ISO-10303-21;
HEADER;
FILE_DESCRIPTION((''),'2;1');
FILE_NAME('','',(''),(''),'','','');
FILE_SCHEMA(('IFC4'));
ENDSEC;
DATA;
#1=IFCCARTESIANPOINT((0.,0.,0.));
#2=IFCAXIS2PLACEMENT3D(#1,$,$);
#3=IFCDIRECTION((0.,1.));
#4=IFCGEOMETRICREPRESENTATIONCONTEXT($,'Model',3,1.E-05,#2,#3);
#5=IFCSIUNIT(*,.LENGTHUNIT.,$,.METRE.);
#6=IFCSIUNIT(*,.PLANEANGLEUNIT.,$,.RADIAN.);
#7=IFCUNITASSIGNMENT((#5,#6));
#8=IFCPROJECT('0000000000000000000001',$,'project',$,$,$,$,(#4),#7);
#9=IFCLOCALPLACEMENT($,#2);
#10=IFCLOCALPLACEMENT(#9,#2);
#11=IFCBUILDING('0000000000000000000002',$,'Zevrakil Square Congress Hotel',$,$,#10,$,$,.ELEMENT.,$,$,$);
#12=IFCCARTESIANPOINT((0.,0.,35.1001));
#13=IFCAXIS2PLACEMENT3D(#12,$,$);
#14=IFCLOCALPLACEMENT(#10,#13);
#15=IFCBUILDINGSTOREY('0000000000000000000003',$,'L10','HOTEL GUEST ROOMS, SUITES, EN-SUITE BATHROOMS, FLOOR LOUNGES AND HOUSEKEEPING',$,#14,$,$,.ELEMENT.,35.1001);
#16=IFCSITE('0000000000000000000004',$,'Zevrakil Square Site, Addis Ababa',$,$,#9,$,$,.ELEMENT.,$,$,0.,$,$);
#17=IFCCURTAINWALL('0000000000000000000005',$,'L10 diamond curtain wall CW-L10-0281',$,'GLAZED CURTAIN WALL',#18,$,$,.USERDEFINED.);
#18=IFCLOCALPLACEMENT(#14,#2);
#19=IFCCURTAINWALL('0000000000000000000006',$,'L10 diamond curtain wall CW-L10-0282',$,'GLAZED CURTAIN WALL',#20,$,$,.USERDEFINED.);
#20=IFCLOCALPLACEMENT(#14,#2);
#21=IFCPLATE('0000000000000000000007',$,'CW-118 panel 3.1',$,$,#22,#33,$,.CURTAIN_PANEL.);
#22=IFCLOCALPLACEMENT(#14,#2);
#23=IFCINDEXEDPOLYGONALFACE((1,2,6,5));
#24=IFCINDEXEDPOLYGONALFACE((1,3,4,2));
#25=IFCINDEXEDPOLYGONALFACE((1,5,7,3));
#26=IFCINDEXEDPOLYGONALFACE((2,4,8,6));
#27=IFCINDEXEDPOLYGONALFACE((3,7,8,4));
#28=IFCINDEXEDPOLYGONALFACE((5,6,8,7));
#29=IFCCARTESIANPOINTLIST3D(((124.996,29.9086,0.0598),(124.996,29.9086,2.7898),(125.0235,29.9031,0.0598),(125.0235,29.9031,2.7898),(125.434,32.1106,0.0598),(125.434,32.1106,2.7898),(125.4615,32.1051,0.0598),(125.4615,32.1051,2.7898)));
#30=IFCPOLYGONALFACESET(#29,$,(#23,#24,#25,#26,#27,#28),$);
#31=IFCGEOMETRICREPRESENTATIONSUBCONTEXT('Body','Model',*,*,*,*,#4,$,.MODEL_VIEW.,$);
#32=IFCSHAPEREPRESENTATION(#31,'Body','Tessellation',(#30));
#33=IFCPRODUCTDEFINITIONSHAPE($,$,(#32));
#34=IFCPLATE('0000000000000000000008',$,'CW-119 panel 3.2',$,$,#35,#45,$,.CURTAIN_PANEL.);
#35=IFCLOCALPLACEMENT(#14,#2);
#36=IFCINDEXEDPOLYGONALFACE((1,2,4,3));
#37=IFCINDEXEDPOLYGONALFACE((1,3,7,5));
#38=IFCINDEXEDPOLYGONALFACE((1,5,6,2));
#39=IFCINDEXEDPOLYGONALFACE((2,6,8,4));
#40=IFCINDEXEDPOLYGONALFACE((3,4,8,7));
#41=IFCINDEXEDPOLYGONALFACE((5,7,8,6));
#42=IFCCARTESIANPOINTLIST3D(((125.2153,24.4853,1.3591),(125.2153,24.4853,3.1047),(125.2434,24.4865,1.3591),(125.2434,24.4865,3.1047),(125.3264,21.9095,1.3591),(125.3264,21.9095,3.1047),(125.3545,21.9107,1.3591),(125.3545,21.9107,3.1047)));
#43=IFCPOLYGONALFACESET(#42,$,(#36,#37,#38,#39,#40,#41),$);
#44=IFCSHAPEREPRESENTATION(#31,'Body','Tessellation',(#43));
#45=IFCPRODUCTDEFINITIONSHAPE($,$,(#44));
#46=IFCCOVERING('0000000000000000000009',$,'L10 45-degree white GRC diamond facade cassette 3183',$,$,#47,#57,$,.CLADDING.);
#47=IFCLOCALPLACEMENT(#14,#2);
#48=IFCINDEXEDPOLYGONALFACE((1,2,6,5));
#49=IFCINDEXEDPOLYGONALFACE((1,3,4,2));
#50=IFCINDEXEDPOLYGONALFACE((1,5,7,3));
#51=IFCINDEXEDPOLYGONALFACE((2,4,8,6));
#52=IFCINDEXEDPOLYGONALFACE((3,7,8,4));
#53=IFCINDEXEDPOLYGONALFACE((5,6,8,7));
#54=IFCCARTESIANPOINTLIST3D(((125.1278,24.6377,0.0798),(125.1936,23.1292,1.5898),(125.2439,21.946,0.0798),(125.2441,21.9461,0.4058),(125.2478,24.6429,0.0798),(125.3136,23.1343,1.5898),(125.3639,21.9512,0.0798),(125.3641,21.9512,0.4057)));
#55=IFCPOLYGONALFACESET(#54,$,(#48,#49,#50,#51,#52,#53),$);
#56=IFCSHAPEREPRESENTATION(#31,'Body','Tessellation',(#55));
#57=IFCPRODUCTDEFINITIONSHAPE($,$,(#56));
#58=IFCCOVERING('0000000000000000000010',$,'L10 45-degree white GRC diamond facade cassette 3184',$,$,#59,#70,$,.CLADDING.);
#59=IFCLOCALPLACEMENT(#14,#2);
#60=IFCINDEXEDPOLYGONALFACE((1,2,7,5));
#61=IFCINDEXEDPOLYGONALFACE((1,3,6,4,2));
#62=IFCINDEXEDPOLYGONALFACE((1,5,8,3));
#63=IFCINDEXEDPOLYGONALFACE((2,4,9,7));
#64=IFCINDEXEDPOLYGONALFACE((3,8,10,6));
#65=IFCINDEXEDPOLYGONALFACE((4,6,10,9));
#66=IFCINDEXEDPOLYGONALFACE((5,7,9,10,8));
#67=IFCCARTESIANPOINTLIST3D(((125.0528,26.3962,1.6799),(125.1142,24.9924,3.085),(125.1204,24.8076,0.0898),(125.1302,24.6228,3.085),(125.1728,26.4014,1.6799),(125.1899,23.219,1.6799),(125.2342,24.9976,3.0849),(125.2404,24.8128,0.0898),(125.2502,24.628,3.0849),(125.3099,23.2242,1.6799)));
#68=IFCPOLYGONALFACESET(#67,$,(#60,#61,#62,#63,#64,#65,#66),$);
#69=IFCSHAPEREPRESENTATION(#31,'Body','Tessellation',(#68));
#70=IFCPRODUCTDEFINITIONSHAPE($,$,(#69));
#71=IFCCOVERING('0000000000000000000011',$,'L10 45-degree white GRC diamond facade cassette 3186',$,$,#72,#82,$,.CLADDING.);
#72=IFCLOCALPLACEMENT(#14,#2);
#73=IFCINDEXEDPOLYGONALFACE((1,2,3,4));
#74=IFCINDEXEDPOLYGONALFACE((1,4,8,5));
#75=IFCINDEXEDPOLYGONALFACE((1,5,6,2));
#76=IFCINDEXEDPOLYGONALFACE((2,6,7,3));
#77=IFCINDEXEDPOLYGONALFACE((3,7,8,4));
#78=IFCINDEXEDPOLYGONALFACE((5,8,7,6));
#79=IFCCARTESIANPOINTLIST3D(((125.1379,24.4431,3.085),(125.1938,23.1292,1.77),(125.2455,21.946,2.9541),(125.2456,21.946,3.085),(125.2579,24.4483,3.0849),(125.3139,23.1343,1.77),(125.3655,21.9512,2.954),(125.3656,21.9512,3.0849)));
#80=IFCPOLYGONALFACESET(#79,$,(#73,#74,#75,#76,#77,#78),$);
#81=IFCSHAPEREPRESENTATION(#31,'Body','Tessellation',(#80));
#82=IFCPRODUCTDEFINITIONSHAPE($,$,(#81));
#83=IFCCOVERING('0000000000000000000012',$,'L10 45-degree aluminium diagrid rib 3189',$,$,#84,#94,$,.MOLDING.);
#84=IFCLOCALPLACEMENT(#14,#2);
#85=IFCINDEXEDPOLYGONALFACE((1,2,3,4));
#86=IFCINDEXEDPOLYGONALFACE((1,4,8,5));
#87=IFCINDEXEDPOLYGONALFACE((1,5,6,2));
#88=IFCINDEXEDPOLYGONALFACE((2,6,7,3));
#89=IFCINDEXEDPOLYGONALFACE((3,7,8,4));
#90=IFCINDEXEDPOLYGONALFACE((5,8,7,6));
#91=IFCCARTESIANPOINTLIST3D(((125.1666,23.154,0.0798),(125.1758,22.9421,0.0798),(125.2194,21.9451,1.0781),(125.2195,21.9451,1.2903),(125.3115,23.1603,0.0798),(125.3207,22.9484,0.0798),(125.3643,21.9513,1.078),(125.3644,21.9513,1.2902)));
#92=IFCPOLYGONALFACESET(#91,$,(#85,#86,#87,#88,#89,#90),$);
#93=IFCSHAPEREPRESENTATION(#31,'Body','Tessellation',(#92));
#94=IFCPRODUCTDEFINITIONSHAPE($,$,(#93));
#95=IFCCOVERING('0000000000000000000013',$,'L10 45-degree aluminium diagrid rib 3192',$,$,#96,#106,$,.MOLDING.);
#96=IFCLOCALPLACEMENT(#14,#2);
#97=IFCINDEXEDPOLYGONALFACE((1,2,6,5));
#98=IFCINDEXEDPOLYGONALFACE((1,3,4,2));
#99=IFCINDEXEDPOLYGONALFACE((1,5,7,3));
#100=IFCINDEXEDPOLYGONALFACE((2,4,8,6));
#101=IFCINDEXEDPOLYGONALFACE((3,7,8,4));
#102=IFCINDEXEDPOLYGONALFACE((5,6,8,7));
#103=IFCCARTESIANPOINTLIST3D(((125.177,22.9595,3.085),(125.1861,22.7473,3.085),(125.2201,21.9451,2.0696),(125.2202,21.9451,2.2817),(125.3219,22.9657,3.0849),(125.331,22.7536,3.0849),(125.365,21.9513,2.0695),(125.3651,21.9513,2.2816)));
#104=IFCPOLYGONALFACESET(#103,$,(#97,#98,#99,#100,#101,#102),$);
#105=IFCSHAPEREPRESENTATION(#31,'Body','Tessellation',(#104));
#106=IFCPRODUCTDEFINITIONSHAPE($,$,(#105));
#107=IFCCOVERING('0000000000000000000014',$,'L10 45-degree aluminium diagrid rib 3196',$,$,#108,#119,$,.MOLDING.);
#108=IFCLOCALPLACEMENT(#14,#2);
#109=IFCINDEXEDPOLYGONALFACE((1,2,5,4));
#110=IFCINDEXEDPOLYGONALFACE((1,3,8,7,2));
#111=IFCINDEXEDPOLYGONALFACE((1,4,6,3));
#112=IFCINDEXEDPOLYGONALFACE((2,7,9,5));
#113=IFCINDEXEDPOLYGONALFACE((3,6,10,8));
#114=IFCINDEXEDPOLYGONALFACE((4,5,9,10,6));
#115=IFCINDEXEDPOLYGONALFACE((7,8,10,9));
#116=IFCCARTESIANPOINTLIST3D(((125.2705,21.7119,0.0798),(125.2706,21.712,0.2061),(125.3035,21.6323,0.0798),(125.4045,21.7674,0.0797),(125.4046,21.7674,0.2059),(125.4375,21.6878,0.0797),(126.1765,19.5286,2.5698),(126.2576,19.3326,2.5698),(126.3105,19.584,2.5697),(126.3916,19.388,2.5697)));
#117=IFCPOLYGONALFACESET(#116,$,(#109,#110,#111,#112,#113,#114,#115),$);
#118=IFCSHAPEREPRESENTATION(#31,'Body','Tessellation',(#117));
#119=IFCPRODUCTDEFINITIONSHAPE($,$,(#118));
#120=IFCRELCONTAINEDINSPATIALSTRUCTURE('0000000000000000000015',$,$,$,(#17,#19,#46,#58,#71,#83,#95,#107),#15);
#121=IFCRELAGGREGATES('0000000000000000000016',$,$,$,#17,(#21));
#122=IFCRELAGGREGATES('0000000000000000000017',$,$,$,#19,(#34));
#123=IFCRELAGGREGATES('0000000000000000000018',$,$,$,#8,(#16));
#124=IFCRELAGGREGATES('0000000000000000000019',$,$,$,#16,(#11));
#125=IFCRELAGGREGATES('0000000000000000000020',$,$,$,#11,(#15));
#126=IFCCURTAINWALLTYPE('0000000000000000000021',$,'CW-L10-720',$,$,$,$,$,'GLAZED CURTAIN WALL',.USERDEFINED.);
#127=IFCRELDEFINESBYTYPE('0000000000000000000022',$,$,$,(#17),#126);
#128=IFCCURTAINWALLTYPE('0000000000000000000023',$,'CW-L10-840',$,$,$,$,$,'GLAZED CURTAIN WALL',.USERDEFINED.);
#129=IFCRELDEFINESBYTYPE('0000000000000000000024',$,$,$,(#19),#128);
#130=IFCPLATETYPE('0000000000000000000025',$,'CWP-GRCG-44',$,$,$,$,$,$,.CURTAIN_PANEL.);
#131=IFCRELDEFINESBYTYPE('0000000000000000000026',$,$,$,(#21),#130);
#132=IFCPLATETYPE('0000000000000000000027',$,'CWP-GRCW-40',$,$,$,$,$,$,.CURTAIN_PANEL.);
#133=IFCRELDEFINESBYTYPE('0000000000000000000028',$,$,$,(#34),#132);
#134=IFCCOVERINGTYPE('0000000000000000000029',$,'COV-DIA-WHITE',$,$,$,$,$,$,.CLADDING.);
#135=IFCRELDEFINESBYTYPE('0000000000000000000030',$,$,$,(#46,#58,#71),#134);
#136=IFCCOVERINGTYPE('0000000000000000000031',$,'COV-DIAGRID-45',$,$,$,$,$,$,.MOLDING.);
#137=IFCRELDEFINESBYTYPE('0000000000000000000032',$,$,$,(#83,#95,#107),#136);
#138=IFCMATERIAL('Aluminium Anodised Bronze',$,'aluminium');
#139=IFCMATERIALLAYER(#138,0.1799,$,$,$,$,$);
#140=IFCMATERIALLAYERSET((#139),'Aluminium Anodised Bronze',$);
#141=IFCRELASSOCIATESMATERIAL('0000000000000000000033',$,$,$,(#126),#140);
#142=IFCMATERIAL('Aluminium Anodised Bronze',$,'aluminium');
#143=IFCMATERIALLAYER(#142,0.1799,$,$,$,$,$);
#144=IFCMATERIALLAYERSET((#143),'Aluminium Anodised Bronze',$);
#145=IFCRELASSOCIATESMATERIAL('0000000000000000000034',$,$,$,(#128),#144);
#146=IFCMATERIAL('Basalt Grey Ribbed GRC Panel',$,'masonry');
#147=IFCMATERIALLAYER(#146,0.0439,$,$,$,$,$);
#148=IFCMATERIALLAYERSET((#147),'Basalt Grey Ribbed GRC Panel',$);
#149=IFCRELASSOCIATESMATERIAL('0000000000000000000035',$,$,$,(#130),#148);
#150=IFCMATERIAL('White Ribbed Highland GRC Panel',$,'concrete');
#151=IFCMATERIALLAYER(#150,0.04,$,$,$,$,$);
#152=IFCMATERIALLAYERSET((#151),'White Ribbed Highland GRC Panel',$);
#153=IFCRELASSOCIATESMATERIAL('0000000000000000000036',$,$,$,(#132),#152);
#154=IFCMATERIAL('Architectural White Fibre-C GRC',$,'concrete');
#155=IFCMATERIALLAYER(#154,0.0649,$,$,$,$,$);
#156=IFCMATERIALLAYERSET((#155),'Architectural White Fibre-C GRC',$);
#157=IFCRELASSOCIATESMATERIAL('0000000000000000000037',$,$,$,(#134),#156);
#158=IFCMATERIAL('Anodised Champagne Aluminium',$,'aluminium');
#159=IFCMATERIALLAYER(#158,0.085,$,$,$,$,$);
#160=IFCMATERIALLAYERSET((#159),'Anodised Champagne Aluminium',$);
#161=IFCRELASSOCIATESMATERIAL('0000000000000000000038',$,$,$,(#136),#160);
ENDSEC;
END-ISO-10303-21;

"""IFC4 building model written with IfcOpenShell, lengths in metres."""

from ifc_helpers import new_model, si_unit, direction, frame, origin, origin_2d, place, context, subcontext, project, spatial, polyline, rectangle, outline, extrude, material, layer, layer_set, type_object, element, aggregate, save


model = new_model("IFC4")

# Units and contexts
model_context = context("Model", 3, precision=1e-05, world=origin(), true_north=direction((0.0, 1.0)))
body_context = subcontext(model_context, "Body", "Model", "MODEL_VIEW")
ifc_project = project(units=[si_unit("LENGTHUNIT", "METRE"), si_unit("PLANEANGLEUNIT", "RADIAN")], contexts=[model_context])

# Site, building, storey
site_placement = place(None, origin())
site = spatial("IfcSite", under=ifc_project, at=site_placement, Name="Zevrakil Square Site, Addis Ababa", CompositionType="ELEMENT", RefElevation=0.0)
building_placement = place(site_placement, origin())
building = spatial("IfcBuilding", under=site, at=building_placement, Name="Zevrakil Square Congress Hotel", CompositionType="ELEMENT")
storey_placement = place(building_placement, frame((0.0, 0.0, 35.1001)))
storey = spatial("IfcBuildingStorey", under=building, at=storey_placement, Name="L10", Description="HOTEL GUEST ROOMS, SUITES, EN-SUITE BATHROOMS, FLOOR LOUNGES AND HOUSEKEEPING", CompositionType="ELEMENT", Elevation=35.1001)

# Curtain walls
ifc_material_1 = material(Name="Aluminium Anodised Bronze", Category="aluminium")
ifc_layer_1 = layer(ifc_material_1, 0.1799)
ifc_layer_set_1 = layer_set([ifc_layer_1], Name="Aluminium Anodised Bronze")
curtain_wall_type_1 = type_object("IfcCurtainWallType", Name="CW-L10-720", ElementType="GLAZED CURTAIN WALL", PredefinedType="USERDEFINED", material=ifc_layer_set_1)
curtain_wall_1_placement = place(storey_placement, origin())
curtain_wall_1 = element("IfcCurtainWall", 1, at=curtain_wall_1_placement, inside=storey, type_object=curtain_wall_type_1, Name="L10 diamond curtain wall CW-L10-0281", ObjectType="GLAZED CURTAIN WALL", PredefinedType="USERDEFINED")
ifc_material_2 = material(Name="Aluminium Anodised Bronze", Category="aluminium")
ifc_layer_2 = layer(ifc_material_2, 0.1799)
ifc_layer_set_2 = layer_set([ifc_layer_2], Name="Aluminium Anodised Bronze")
curtain_wall_type_2 = type_object("IfcCurtainWallType", Name="CW-L10-840", ElementType="GLAZED CURTAIN WALL", PredefinedType="USERDEFINED", material=ifc_layer_set_2)
curtain_wall_2_placement = place(storey_placement, origin())
curtain_wall_2 = element("IfcCurtainWall", 2, at=curtain_wall_2_placement, inside=storey, type_object=curtain_wall_type_2, Name="L10 diamond curtain wall CW-L10-0282", ObjectType="GLAZED CURTAIN WALL", PredefinedType="USERDEFINED")

# Plates
ifc_material_3 = material(Name="Basalt Grey Ribbed GRC Panel", Category="masonry")
ifc_layer_3 = layer(ifc_material_3, 0.0439)
ifc_layer_set_3 = layer_set([ifc_layer_3], Name="Basalt Grey Ribbed GRC Panel")
plate_type_1 = type_object("IfcPlateType", Name="CWP-GRCG-44", PredefinedType="CURTAIN_PANEL", material=ifc_layer_set_3)
plate_1_placement = place(storey_placement, frame((125.2288, 31.0068, 0.0598), z_axis=(0.0, 0.0, 1.0), x_axis=(-0.195084, -0.980787, 0.0)))
plate_1 = element("IfcPlate", 3, at=plate_1_placement, type_object=plate_type_1, Name="CW-118 panel 3.1", PredefinedType="CURTAIN_PANEL", context=body_context, shape_type="SweptSolid", body=[
    extrude(rectangle(XDim=2.2451, YDim=0.0281, at=origin_2d()), origin(), (0.0, 0.0, 1.0), 2.73),
])
aggregate(curtain_wall_1, [plate_1])
ifc_material_4 = material(Name="White Ribbed Highland GRC Panel", Category="concrete")
ifc_layer_4 = layer(ifc_material_4, 0.04)
ifc_layer_set_4 = layer_set([ifc_layer_4], Name="White Ribbed Highland GRC Panel")
plate_type_2 = type_object("IfcPlateType", Name="CWP-GRCW-40", PredefinedType="CURTAIN_PANEL", material=ifc_layer_set_4)
plate_2_placement = place(storey_placement, frame((125.2849, 23.198, 1.3591), z_axis=(0.0, 0.0, 1.0), x_axis=(0.043102, -0.999071, 0.0)))
plate_2 = element("IfcPlate", 4, at=plate_2_placement, type_object=plate_type_2, Name="CW-119 panel 3.2", PredefinedType="CURTAIN_PANEL", context=body_context, shape_type="SweptSolid", body=[
    extrude(rectangle(XDim=2.5781, YDim=0.0281, at=origin_2d()), origin(), (0.0, 0.0, 1.0), 1.7456),
])
aggregate(curtain_wall_2, [plate_2])

# Coverings
ifc_material_5 = material(Name="Architectural White Fibre-C GRC", Category="concrete")
ifc_layer_5 = layer(ifc_material_5, 0.0649)
ifc_layer_set_5 = layer_set([ifc_layer_5], Name="Architectural White Fibre-C GRC")
covering_type_1 = type_object("IfcCoveringType", Name="COV-DIA-WHITE", PredefinedType="CLADDING", material=ifc_layer_set_5)
covering_1_placement = place(storey_placement, frame((125.1936, 23.1292, 1.5898), z_axis=(-0.999072, -0.043077, 0.000476), x_axis=(0.030125, -0.706492, -0.707079)))
element("IfcCovering", 5, at=covering_1_placement, inside=storey, type_object=covering_type_1, Name="L10 45-degree white GRC diamond facade cassette 3183", PredefinedType="CLADDING", context=body_context, shape_type="SweptSolid", body=[
    extrude(outline(polyline([(0.0, 0.0), (1.6746, 0.0), (1.9051, -0.2305), (-0.0001, -2.1355), (0.0, 0.0)])), origin(), (0.0, 0.0, -1.0), 0.1201),
])
covering_2_placement = place(storey_placement, frame((125.1899, 23.219, 1.6799), z_axis=(-0.999069, -0.043131, 0.000611), x_axis=(-0.03093, 0.706443, -0.707094)))
element("IfcCovering", 6, at=covering_2_placement, inside=storey, type_object=covering_type_1, Name="L10 45-degree white GRC diamond facade cassette 3184", PredefinedType="CLADDING", context=body_context, shape_type="SweptSolid", body=[
    extrude(outline(polyline([(0.0, 0.0), (2.2488, 0.0), (2.2488, -2.2487), (0.2617, -2.2487), (0.0001, -1.987), (0.0, 0.0)])), origin(), (0.0, 0.0, -1.0), 0.1201),
])
covering_3_placement = place(storey_placement, frame((125.1938, 23.1292, 1.77), z_axis=(-0.99907, -0.043105, 0.000541), x_axis=(-0.0301, 0.706523, 0.70705)))
element("IfcCovering", 7, at=covering_3_placement, inside=storey, type_object=covering_type_1, Name="L10 45-degree white GRC diamond facade cassette 3186", PredefinedType="CLADDING", context=body_context, shape_type="SweptSolid", body=[
    extrude(outline(polyline([(0.0, 0.0), (1.8598, 0.0), (0.0923, -1.7672), (-0.0002, -1.6747), (0.0, 0.0)])), origin(), (0.0, 0.0, -1.0), 0.1201),
])
ifc_material_6 = material(Name="Anodised Champagne Aluminium", Category="aluminium")
ifc_layer_6 = layer(ifc_material_6, 0.085)
ifc_layer_set_6 = layer_set([ifc_layer_6], Name="Anodised Champagne Aluminium")
covering_type_2 = type_object("IfcCoveringType", Name="COV-DIAGRID-45", PredefinedType="MOLDING", material=ifc_layer_set_6)
covering_4_placement = place(storey_placement, frame((125.1758, 22.9421, 0.0798), z_axis=(-0.999069, -0.04313, 0.000543), x_axis=(-0.04313, 0.999069, 0.0)))
element("IfcCovering", 8, at=covering_4_placement, inside=storey, type_object=covering_type_2, Name="L10 45-degree aluminium diagrid rib 3189", PredefinedType="MOLDING", context=body_context, shape_type="SweptSolid", body=[
    extrude(outline(polyline([(0.0, 0.0), (0.2121, 0.0), (-0.998, -1.2104), (-0.998, -0.9983), (0.0, 0.0)])), origin(), (0.0, 0.0, -1.0), 0.145),
])
covering_5_placement = place(storey_placement, frame((125.177, 22.9595, 3.085), z_axis=(-0.999072, -0.043058, 0.00063), x_axis=(0.043058, -0.999073, 0.0)))
element("IfcCovering", 9, at=covering_5_placement, inside=storey, type_object=covering_type_2, Name="L10 45-degree aluminium diagrid rib 3192", PredefinedType="MOLDING", context=body_context, shape_type="SweptSolid", body=[
    extrude(outline(polyline([(0.0, 0.0), (0.2124, 0.0), (1.0153, -0.8032), (1.0153, -1.0154), (0.0, 0.0)])), origin(), (0.0, 0.0, -1.0), 0.145),
])
covering_6_placement = place(storey_placement, frame((125.3035, 21.6323, 0.0798), z_axis=(-0.923943, -0.38253, 0.000754), x_axis=(-0.38253, 0.923943, 0.0)))
element("IfcCovering", 10, at=covering_6_placement, inside=storey, type_object=covering_type_2, Name="L10 45-degree aluminium diagrid rib 3196", PredefinedType="MOLDING", context=body_context, shape_type="SweptSolid", body=[
    extrude(outline(polyline([(0.0, 0.0), (0.0861, 0.0), (0.0861, -0.1262), (-2.2777, -2.49), (-2.4899, -2.49), (0.0, 0.0)])), origin(), (0.0, 0.0, -1.0), 0.145),
])

save(model, "model.ifc")
